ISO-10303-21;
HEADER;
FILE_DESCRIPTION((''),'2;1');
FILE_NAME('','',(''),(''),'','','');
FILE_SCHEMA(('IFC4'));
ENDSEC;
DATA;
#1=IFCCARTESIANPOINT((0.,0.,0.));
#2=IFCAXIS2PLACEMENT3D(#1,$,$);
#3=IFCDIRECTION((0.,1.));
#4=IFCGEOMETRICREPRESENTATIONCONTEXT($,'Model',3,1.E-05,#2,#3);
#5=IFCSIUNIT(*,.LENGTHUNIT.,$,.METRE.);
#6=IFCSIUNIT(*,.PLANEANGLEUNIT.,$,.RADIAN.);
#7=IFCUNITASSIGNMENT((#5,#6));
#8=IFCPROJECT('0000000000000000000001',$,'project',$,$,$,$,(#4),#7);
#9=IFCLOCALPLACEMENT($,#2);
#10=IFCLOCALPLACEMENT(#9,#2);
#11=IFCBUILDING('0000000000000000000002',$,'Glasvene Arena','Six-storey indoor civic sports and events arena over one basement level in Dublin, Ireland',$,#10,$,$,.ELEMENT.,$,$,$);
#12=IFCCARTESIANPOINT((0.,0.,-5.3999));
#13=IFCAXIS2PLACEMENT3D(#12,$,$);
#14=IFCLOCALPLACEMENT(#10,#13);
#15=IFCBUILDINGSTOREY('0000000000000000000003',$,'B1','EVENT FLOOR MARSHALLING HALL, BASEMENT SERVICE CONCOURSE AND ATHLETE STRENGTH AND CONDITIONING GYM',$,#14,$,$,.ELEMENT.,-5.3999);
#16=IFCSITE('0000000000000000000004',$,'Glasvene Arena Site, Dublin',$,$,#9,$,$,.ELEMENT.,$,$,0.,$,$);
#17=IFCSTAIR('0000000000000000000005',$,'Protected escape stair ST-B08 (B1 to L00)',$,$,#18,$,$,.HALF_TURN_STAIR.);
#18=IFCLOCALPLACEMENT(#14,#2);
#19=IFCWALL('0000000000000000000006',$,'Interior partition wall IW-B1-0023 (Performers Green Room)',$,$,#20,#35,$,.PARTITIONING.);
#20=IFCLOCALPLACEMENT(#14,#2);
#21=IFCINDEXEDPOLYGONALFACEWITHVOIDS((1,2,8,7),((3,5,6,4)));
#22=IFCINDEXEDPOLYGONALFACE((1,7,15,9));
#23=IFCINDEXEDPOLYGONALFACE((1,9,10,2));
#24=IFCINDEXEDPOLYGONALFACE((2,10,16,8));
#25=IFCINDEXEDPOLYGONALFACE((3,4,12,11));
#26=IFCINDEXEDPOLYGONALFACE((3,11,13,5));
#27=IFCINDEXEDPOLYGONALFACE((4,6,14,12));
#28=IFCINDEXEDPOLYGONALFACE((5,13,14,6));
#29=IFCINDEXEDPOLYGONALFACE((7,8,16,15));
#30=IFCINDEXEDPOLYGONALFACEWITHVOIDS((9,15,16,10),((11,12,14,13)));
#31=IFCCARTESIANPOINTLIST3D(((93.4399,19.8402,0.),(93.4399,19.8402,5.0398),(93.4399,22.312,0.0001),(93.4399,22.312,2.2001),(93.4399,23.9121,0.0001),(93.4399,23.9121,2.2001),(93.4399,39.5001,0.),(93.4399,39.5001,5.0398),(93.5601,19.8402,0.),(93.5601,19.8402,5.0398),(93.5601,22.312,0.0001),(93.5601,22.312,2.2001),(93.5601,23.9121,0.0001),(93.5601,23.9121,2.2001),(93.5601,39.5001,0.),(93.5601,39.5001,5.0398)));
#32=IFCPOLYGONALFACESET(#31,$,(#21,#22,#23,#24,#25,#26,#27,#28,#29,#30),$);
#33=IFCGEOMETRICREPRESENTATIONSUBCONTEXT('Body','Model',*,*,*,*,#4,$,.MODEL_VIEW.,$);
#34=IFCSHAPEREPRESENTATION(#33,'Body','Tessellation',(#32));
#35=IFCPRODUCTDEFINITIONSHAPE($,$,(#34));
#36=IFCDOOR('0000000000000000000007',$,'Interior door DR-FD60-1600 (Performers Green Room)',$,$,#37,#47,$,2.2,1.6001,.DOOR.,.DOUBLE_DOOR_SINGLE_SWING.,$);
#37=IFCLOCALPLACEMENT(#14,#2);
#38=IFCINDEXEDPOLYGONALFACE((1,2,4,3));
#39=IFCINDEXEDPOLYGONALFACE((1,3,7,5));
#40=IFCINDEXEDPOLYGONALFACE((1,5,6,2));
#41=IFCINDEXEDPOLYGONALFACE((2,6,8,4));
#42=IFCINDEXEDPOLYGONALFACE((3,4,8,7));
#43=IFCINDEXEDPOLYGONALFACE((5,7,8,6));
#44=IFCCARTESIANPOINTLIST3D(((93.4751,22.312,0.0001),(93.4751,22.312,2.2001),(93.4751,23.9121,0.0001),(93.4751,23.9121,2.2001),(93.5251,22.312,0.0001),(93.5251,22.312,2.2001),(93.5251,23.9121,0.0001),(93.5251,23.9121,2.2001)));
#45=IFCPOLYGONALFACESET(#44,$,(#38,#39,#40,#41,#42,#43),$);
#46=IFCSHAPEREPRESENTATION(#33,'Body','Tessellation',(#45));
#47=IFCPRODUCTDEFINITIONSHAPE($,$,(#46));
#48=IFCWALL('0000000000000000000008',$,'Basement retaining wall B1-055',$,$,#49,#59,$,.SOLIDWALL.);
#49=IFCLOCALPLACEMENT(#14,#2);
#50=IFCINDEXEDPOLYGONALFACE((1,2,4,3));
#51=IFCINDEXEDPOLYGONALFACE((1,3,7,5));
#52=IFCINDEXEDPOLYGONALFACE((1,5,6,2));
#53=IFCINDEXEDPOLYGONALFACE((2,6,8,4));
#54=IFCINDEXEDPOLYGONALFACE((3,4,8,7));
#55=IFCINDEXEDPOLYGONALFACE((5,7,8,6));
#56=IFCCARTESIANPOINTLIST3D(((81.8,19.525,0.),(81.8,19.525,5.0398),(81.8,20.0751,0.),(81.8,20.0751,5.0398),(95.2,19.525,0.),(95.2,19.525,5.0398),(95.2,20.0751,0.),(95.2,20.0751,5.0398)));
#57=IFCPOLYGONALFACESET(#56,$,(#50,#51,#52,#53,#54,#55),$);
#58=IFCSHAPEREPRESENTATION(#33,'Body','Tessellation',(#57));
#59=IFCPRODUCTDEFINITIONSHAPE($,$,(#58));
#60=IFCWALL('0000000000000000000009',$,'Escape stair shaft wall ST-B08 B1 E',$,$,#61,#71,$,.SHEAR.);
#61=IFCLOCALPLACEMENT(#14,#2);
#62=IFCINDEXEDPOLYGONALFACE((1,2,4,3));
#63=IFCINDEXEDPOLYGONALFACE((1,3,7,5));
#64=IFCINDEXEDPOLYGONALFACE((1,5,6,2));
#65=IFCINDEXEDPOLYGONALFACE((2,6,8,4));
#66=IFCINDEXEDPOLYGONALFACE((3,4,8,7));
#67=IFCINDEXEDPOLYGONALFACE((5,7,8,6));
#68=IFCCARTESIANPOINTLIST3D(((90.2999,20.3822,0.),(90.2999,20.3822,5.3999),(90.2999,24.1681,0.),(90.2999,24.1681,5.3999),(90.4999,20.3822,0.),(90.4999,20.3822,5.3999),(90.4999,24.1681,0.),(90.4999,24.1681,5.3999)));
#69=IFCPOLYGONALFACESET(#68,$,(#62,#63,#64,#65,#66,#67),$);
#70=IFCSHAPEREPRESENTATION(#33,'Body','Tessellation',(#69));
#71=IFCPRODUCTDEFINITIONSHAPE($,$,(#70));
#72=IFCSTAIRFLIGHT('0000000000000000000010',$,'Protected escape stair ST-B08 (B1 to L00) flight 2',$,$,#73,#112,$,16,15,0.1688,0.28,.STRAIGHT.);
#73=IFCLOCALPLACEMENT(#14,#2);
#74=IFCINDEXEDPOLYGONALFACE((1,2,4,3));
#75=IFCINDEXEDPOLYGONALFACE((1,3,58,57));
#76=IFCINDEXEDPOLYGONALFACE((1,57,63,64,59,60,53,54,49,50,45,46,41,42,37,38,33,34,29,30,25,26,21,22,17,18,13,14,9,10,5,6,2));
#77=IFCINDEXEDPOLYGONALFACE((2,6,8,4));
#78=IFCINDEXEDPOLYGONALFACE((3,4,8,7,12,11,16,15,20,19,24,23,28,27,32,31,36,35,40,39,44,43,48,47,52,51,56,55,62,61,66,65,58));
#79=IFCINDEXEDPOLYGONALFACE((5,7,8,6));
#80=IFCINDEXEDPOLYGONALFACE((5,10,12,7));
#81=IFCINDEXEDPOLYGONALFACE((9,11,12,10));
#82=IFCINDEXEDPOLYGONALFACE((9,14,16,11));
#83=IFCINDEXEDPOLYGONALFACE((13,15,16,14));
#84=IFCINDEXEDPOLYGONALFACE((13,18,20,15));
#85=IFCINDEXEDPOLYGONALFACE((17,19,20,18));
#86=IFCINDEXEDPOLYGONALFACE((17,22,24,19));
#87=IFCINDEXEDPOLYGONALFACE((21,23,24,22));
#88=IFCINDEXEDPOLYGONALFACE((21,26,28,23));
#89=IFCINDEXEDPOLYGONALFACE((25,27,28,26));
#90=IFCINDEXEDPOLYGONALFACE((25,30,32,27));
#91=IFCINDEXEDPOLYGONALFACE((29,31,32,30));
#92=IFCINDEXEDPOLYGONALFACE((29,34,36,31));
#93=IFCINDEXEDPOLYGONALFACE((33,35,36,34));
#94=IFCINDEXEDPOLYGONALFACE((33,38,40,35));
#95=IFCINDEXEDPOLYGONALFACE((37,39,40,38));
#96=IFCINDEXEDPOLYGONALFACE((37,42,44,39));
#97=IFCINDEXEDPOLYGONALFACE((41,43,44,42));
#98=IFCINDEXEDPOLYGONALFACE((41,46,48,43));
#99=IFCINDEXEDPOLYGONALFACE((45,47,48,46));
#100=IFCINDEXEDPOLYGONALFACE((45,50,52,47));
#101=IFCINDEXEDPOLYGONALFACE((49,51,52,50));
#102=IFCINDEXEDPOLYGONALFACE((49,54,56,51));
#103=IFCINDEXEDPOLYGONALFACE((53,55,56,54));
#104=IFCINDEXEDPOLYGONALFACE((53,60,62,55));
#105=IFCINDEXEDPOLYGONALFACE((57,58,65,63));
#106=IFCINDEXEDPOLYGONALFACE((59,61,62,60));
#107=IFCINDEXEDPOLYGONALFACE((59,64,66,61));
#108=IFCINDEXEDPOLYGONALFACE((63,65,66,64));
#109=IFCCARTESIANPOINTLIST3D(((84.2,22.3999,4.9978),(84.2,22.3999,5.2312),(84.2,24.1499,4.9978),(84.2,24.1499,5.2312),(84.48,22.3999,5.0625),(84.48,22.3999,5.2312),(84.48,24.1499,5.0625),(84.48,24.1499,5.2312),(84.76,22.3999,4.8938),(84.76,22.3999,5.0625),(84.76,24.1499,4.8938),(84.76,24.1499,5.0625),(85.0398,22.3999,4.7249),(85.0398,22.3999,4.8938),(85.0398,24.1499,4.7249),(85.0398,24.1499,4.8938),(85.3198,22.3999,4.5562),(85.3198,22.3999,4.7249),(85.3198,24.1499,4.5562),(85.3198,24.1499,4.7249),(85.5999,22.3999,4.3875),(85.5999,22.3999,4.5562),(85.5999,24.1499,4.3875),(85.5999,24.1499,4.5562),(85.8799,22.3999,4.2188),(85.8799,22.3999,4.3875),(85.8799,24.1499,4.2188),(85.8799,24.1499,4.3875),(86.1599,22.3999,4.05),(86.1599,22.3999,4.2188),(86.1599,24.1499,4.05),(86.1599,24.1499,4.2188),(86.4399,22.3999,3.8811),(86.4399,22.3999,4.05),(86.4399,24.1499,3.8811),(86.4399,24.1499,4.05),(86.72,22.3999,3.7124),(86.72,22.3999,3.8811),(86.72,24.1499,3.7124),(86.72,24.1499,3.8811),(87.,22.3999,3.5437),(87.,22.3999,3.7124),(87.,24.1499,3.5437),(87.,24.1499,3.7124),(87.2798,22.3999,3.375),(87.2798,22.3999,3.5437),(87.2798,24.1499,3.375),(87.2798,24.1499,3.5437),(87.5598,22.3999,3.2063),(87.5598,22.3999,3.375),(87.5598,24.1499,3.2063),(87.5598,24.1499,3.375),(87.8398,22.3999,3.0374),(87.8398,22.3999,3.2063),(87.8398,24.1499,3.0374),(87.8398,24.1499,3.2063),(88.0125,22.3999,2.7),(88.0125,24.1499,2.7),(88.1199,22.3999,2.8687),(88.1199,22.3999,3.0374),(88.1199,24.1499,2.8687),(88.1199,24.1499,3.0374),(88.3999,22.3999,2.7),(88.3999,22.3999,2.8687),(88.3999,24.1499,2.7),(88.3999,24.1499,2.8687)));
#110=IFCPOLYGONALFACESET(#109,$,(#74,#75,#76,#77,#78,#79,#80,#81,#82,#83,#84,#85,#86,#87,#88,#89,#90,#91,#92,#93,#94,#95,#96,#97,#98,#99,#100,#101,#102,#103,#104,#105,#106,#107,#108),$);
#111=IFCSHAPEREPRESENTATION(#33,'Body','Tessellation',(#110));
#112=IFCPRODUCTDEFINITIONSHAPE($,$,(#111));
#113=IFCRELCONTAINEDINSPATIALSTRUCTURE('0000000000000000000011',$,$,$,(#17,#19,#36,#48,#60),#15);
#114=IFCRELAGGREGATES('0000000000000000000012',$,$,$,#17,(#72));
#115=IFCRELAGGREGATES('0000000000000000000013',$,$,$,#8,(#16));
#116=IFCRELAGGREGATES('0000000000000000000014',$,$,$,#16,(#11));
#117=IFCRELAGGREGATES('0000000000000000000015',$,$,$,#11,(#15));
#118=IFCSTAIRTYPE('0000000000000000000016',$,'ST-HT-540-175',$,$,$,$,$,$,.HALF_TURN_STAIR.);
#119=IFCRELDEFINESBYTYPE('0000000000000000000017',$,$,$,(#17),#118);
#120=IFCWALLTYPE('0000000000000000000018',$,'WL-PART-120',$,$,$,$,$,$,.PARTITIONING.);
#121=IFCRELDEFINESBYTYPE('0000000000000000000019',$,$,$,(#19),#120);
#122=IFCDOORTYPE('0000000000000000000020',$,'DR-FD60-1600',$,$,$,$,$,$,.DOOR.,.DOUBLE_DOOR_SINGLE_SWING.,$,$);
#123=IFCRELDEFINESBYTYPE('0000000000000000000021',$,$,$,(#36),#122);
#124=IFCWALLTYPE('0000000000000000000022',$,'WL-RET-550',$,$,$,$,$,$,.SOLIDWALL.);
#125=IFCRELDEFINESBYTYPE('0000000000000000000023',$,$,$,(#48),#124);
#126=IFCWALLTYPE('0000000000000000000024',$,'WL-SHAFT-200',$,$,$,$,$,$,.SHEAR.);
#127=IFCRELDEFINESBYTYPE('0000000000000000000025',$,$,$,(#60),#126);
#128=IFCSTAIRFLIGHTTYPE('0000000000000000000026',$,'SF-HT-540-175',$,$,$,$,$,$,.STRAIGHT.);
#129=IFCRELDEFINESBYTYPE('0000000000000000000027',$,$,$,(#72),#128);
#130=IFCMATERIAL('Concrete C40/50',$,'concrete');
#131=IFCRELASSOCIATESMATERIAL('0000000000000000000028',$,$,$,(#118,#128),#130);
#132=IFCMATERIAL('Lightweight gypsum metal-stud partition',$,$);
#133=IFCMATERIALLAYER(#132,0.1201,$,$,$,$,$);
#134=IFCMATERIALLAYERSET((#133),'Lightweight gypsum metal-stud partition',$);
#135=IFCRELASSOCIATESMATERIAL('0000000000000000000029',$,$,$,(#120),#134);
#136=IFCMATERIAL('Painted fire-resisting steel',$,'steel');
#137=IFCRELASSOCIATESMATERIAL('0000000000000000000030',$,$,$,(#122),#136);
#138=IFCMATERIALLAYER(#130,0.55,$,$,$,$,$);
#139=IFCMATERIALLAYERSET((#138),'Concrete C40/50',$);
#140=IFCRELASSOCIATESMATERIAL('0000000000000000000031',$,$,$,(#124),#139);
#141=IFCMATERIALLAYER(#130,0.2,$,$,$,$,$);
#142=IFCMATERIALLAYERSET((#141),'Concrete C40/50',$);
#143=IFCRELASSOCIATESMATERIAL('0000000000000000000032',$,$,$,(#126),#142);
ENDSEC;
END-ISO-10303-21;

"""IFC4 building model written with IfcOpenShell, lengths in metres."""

from ifc_helpers import new_model, si_unit, direction, frame, frame_2d, origin, place, context, subcontext, project, spatial, polyline, rectangle, outline, extrude, material, layer, layer_set, type_object, element, fill, aggregate, save


model = new_model("IFC4")

# Units and contexts
model_context = context("Model", 3, precision=1e-05, world=origin(), true_north=direction((0.0, 1.0)))
body_context = subcontext(model_context, "Body", "Model", "MODEL_VIEW")
ifc_project = project(units=[si_unit("LENGTHUNIT", "METRE"), si_unit("PLANEANGLEUNIT", "RADIAN")], contexts=[model_context])

# Site, building, storey
site_placement = place(None, origin())
site = spatial("IfcSite", under=ifc_project, at=site_placement, Name="Glasvene Arena Site, Dublin", CompositionType="ELEMENT", RefElevation=0.0)
building_placement = place(site_placement, origin())
building = spatial("IfcBuilding", under=site, at=building_placement, Name="Glasvene Arena", Description="Six-storey indoor civic sports and events arena over one basement level in Dublin, Ireland", CompositionType="ELEMENT")
storey_placement = place(building_placement, frame((0.0, 0.0, -5.3999)))
storey = spatial("IfcBuildingStorey", under=building, at=storey_placement, Name="B1", Description="EVENT FLOOR MARSHALLING HALL, BASEMENT SERVICE CONCOURSE AND ATHLETE STRENGTH AND CONDITIONING GYM", CompositionType="ELEMENT", Elevation=-5.3999)

# Shared definitions
ifc_material_1 = material(Name="Concrete C40/50", Category="concrete")

# Stair
stair_type = type_object("IfcStairType", Name="ST-HT-540-175", PredefinedType="HALF_TURN_STAIR", material=ifc_material_1)
stair_placement = place(storey_placement, origin())
stair = element("IfcStair", 1, at=stair_placement, inside=storey, type_object=stair_type, Name="Protected escape stair ST-B08 (B1 to L00)", PredefinedType="HALF_TURN_STAIR")

# Wall, opening, door
ifc_material_2 = material(Name="Lightweight gypsum metal-stud partition")
ifc_layer_1 = layer(ifc_material_2, 0.1201)
ifc_layer_set_1 = layer_set([ifc_layer_1], Name="Lightweight gypsum metal-stud partition")
wall_type_1 = type_object("IfcWallType", Name="WL-PART-120", PredefinedType="PARTITIONING", material=ifc_layer_set_1)
wall_1_placement = place(storey_placement, frame((93.5, 19.8401, 0.0), z_axis=(0.0, 0.0, 1.0), x_axis=(0.0, 1.0, 0.0)))
wall_1 = element("IfcWall", 2, at=wall_1_placement, inside=storey, type_object=wall_type_1, Name="Interior partition wall IW-B1-0023 (Performers Green Room)", PredefinedType="PARTITIONING", context=body_context, shape_type="SweptSolid", body=[
    extrude(rectangle(XDim=19.6599, YDim=0.1201, at=frame_2d((9.8301, 0.0))), origin(), (0.0, 0.0, 1.0), 5.0398),
])
opening_placement = place(wall_1_placement, frame((2.4719, 0.0, 0.0)))
opening = element("IfcOpeningElement", 3, at=opening_placement, cuts=wall_1, PredefinedType="OPENING", context=body_context, shape_type="SweptSolid", body=[
    extrude(rectangle(XDim=1.6001, YDim=2.2, at=frame_2d((0.8, 1.1001))), frame((0.0, 0.0701, 0.0), z_axis=(0.0, -1.0, 0.0), x_axis=(1.0, 0.0, 0.0)), (0.0, 0.0, 1.0), 0.1401),
])
ifc_material_3 = material(Name="Painted fire-resisting steel", Category="steel")
door_type = type_object("IfcDoorType", Name="DR-FD60-1600", OperationType="DOUBLE_DOOR_SINGLE_SWING", PredefinedType="DOOR", material=ifc_material_3)
door_placement = place(opening_placement, origin())
door = element("IfcDoor", 4, at=door_placement, inside=storey, type_object=door_type, Name="Interior door DR-FD60-1600 (Performers Green Room)", OperationType="DOUBLE_DOOR_SINGLE_SWING", OverallHeight=2.2, OverallWidth=1.6001, PredefinedType="DOOR", context=body_context, shape_type="SweptSolid", body=[
    extrude(rectangle(XDim=1.6001, YDim=2.2, at=frame_2d((0.8, 1.1001))), frame((0.0, 0.0249, 0.0), z_axis=(0.0, -1.0, 0.0), x_axis=(1.0, 0.0, 0.0)), (0.0, 0.0, 1.0), 0.05),
])
fill(opening, door)

# Walls
ifc_layer_2 = layer(ifc_material_1, 0.55)
ifc_layer_set_2 = layer_set([ifc_layer_2], Name="Concrete C40/50")
wall_type_2 = type_object("IfcWallType", Name="WL-RET-550", PredefinedType="SOLIDWALL", material=ifc_layer_set_2)
wall_2_placement = place(storey_placement, frame((95.2, 19.8, 0.0), z_axis=(0.0, 0.0, 1.0), x_axis=(-1.0, 0.0, 0.0)))
element("IfcWall", 5, at=wall_2_placement, inside=storey, type_object=wall_type_2, Name="Basement retaining wall B1-055", PredefinedType="SOLIDWALL", context=body_context, shape_type="SweptSolid", body=[
    extrude(rectangle(XDim=13.3999, YDim=0.55, at=frame_2d((6.7, 0.0))), origin(), (0.0, 0.0, 1.0), 5.0398),
])
ifc_layer_3 = layer(ifc_material_1, 0.2)
ifc_layer_set_3 = layer_set([ifc_layer_3], Name="Concrete C40/50")
wall_type_3 = type_object("IfcWallType", Name="WL-SHAFT-200", PredefinedType="SHEAR", material=ifc_layer_set_3)
wall_3_placement = place(storey_placement, frame((90.3999, 20.3821, 0.0), z_axis=(0.0, 0.0, 1.0), x_axis=(0.0, 1.0, 0.0)))
element("IfcWall", 6, at=wall_3_placement, inside=storey, type_object=wall_type_3, Name="Escape stair shaft wall ST-B08 B1 E", PredefinedType="SHEAR", context=body_context, shape_type="SweptSolid", body=[
    extrude(rectangle(XDim=3.7859, YDim=0.2, at=frame_2d((1.8931, 0.0))), origin(), (0.0, 0.0, 1.0), 5.3999),
])

# Stair flight
stair_flight_type = type_object("IfcStairFlightType", Name="SF-HT-540-175", PredefinedType="STRAIGHT", material=ifc_material_1)
stair_flight_placement = place(storey_placement, frame((88.3999, 23.2749, 2.7), z_axis=(0.0, 0.0, 1.0), x_axis=(-1.0, 0.0, 0.0)))
stair_flight = element("IfcStairFlight", 7, at=stair_flight_placement, type_object=stair_flight_type, Name="Protected escape stair ST-B08 (B1 to L00) flight 2", NumberOfRisers=16, NumberOfTreads=15, PredefinedType="STRAIGHT", RiserHeight=0.1688, TreadLength=0.28, context=body_context, shape_type="SweptSolid", body=[
    extrude(outline(polyline([(0.0, 0.0), (0.0, 0.1687), (0.28, 0.1687), (0.28, 0.3374), (0.5601, 0.3374), (0.5601, 0.5063), (0.8401, 0.5063), (0.8401, 0.675), (1.1201, 0.675), (1.1201, 0.8438), (1.3999, 0.8438), (1.3999, 1.0125), (1.6799, 1.0125), (1.6799, 1.1812), (1.96, 1.1812), (1.96, 1.3501), (2.24, 1.3501), (2.24, 1.5188), (2.52, 1.5188), (2.52, 1.6875), (2.8, 1.6875), (2.8, 1.8562), (3.0801, 1.8562), (3.0801, 2.0249), (3.3601, 2.0249), (3.3601, 2.1938), (3.6399, 2.1938), (3.6399, 2.3625), (3.9199, 2.3625), (3.9199, 2.5312), (4.2, 2.5312), (4.2, 2.7), (4.2, 2.2979), (0.3875, 0.0), (0.0, 0.0)])), frame((0.0, 0.875, 0.0), z_axis=(0.0, -1.0, 0.0), x_axis=(1.0, 0.0, 0.0)), (0.0, 0.0, 1.0), 1.75),
])
aggregate(stair, [stair_flight])

save(model, "model.ifc")
